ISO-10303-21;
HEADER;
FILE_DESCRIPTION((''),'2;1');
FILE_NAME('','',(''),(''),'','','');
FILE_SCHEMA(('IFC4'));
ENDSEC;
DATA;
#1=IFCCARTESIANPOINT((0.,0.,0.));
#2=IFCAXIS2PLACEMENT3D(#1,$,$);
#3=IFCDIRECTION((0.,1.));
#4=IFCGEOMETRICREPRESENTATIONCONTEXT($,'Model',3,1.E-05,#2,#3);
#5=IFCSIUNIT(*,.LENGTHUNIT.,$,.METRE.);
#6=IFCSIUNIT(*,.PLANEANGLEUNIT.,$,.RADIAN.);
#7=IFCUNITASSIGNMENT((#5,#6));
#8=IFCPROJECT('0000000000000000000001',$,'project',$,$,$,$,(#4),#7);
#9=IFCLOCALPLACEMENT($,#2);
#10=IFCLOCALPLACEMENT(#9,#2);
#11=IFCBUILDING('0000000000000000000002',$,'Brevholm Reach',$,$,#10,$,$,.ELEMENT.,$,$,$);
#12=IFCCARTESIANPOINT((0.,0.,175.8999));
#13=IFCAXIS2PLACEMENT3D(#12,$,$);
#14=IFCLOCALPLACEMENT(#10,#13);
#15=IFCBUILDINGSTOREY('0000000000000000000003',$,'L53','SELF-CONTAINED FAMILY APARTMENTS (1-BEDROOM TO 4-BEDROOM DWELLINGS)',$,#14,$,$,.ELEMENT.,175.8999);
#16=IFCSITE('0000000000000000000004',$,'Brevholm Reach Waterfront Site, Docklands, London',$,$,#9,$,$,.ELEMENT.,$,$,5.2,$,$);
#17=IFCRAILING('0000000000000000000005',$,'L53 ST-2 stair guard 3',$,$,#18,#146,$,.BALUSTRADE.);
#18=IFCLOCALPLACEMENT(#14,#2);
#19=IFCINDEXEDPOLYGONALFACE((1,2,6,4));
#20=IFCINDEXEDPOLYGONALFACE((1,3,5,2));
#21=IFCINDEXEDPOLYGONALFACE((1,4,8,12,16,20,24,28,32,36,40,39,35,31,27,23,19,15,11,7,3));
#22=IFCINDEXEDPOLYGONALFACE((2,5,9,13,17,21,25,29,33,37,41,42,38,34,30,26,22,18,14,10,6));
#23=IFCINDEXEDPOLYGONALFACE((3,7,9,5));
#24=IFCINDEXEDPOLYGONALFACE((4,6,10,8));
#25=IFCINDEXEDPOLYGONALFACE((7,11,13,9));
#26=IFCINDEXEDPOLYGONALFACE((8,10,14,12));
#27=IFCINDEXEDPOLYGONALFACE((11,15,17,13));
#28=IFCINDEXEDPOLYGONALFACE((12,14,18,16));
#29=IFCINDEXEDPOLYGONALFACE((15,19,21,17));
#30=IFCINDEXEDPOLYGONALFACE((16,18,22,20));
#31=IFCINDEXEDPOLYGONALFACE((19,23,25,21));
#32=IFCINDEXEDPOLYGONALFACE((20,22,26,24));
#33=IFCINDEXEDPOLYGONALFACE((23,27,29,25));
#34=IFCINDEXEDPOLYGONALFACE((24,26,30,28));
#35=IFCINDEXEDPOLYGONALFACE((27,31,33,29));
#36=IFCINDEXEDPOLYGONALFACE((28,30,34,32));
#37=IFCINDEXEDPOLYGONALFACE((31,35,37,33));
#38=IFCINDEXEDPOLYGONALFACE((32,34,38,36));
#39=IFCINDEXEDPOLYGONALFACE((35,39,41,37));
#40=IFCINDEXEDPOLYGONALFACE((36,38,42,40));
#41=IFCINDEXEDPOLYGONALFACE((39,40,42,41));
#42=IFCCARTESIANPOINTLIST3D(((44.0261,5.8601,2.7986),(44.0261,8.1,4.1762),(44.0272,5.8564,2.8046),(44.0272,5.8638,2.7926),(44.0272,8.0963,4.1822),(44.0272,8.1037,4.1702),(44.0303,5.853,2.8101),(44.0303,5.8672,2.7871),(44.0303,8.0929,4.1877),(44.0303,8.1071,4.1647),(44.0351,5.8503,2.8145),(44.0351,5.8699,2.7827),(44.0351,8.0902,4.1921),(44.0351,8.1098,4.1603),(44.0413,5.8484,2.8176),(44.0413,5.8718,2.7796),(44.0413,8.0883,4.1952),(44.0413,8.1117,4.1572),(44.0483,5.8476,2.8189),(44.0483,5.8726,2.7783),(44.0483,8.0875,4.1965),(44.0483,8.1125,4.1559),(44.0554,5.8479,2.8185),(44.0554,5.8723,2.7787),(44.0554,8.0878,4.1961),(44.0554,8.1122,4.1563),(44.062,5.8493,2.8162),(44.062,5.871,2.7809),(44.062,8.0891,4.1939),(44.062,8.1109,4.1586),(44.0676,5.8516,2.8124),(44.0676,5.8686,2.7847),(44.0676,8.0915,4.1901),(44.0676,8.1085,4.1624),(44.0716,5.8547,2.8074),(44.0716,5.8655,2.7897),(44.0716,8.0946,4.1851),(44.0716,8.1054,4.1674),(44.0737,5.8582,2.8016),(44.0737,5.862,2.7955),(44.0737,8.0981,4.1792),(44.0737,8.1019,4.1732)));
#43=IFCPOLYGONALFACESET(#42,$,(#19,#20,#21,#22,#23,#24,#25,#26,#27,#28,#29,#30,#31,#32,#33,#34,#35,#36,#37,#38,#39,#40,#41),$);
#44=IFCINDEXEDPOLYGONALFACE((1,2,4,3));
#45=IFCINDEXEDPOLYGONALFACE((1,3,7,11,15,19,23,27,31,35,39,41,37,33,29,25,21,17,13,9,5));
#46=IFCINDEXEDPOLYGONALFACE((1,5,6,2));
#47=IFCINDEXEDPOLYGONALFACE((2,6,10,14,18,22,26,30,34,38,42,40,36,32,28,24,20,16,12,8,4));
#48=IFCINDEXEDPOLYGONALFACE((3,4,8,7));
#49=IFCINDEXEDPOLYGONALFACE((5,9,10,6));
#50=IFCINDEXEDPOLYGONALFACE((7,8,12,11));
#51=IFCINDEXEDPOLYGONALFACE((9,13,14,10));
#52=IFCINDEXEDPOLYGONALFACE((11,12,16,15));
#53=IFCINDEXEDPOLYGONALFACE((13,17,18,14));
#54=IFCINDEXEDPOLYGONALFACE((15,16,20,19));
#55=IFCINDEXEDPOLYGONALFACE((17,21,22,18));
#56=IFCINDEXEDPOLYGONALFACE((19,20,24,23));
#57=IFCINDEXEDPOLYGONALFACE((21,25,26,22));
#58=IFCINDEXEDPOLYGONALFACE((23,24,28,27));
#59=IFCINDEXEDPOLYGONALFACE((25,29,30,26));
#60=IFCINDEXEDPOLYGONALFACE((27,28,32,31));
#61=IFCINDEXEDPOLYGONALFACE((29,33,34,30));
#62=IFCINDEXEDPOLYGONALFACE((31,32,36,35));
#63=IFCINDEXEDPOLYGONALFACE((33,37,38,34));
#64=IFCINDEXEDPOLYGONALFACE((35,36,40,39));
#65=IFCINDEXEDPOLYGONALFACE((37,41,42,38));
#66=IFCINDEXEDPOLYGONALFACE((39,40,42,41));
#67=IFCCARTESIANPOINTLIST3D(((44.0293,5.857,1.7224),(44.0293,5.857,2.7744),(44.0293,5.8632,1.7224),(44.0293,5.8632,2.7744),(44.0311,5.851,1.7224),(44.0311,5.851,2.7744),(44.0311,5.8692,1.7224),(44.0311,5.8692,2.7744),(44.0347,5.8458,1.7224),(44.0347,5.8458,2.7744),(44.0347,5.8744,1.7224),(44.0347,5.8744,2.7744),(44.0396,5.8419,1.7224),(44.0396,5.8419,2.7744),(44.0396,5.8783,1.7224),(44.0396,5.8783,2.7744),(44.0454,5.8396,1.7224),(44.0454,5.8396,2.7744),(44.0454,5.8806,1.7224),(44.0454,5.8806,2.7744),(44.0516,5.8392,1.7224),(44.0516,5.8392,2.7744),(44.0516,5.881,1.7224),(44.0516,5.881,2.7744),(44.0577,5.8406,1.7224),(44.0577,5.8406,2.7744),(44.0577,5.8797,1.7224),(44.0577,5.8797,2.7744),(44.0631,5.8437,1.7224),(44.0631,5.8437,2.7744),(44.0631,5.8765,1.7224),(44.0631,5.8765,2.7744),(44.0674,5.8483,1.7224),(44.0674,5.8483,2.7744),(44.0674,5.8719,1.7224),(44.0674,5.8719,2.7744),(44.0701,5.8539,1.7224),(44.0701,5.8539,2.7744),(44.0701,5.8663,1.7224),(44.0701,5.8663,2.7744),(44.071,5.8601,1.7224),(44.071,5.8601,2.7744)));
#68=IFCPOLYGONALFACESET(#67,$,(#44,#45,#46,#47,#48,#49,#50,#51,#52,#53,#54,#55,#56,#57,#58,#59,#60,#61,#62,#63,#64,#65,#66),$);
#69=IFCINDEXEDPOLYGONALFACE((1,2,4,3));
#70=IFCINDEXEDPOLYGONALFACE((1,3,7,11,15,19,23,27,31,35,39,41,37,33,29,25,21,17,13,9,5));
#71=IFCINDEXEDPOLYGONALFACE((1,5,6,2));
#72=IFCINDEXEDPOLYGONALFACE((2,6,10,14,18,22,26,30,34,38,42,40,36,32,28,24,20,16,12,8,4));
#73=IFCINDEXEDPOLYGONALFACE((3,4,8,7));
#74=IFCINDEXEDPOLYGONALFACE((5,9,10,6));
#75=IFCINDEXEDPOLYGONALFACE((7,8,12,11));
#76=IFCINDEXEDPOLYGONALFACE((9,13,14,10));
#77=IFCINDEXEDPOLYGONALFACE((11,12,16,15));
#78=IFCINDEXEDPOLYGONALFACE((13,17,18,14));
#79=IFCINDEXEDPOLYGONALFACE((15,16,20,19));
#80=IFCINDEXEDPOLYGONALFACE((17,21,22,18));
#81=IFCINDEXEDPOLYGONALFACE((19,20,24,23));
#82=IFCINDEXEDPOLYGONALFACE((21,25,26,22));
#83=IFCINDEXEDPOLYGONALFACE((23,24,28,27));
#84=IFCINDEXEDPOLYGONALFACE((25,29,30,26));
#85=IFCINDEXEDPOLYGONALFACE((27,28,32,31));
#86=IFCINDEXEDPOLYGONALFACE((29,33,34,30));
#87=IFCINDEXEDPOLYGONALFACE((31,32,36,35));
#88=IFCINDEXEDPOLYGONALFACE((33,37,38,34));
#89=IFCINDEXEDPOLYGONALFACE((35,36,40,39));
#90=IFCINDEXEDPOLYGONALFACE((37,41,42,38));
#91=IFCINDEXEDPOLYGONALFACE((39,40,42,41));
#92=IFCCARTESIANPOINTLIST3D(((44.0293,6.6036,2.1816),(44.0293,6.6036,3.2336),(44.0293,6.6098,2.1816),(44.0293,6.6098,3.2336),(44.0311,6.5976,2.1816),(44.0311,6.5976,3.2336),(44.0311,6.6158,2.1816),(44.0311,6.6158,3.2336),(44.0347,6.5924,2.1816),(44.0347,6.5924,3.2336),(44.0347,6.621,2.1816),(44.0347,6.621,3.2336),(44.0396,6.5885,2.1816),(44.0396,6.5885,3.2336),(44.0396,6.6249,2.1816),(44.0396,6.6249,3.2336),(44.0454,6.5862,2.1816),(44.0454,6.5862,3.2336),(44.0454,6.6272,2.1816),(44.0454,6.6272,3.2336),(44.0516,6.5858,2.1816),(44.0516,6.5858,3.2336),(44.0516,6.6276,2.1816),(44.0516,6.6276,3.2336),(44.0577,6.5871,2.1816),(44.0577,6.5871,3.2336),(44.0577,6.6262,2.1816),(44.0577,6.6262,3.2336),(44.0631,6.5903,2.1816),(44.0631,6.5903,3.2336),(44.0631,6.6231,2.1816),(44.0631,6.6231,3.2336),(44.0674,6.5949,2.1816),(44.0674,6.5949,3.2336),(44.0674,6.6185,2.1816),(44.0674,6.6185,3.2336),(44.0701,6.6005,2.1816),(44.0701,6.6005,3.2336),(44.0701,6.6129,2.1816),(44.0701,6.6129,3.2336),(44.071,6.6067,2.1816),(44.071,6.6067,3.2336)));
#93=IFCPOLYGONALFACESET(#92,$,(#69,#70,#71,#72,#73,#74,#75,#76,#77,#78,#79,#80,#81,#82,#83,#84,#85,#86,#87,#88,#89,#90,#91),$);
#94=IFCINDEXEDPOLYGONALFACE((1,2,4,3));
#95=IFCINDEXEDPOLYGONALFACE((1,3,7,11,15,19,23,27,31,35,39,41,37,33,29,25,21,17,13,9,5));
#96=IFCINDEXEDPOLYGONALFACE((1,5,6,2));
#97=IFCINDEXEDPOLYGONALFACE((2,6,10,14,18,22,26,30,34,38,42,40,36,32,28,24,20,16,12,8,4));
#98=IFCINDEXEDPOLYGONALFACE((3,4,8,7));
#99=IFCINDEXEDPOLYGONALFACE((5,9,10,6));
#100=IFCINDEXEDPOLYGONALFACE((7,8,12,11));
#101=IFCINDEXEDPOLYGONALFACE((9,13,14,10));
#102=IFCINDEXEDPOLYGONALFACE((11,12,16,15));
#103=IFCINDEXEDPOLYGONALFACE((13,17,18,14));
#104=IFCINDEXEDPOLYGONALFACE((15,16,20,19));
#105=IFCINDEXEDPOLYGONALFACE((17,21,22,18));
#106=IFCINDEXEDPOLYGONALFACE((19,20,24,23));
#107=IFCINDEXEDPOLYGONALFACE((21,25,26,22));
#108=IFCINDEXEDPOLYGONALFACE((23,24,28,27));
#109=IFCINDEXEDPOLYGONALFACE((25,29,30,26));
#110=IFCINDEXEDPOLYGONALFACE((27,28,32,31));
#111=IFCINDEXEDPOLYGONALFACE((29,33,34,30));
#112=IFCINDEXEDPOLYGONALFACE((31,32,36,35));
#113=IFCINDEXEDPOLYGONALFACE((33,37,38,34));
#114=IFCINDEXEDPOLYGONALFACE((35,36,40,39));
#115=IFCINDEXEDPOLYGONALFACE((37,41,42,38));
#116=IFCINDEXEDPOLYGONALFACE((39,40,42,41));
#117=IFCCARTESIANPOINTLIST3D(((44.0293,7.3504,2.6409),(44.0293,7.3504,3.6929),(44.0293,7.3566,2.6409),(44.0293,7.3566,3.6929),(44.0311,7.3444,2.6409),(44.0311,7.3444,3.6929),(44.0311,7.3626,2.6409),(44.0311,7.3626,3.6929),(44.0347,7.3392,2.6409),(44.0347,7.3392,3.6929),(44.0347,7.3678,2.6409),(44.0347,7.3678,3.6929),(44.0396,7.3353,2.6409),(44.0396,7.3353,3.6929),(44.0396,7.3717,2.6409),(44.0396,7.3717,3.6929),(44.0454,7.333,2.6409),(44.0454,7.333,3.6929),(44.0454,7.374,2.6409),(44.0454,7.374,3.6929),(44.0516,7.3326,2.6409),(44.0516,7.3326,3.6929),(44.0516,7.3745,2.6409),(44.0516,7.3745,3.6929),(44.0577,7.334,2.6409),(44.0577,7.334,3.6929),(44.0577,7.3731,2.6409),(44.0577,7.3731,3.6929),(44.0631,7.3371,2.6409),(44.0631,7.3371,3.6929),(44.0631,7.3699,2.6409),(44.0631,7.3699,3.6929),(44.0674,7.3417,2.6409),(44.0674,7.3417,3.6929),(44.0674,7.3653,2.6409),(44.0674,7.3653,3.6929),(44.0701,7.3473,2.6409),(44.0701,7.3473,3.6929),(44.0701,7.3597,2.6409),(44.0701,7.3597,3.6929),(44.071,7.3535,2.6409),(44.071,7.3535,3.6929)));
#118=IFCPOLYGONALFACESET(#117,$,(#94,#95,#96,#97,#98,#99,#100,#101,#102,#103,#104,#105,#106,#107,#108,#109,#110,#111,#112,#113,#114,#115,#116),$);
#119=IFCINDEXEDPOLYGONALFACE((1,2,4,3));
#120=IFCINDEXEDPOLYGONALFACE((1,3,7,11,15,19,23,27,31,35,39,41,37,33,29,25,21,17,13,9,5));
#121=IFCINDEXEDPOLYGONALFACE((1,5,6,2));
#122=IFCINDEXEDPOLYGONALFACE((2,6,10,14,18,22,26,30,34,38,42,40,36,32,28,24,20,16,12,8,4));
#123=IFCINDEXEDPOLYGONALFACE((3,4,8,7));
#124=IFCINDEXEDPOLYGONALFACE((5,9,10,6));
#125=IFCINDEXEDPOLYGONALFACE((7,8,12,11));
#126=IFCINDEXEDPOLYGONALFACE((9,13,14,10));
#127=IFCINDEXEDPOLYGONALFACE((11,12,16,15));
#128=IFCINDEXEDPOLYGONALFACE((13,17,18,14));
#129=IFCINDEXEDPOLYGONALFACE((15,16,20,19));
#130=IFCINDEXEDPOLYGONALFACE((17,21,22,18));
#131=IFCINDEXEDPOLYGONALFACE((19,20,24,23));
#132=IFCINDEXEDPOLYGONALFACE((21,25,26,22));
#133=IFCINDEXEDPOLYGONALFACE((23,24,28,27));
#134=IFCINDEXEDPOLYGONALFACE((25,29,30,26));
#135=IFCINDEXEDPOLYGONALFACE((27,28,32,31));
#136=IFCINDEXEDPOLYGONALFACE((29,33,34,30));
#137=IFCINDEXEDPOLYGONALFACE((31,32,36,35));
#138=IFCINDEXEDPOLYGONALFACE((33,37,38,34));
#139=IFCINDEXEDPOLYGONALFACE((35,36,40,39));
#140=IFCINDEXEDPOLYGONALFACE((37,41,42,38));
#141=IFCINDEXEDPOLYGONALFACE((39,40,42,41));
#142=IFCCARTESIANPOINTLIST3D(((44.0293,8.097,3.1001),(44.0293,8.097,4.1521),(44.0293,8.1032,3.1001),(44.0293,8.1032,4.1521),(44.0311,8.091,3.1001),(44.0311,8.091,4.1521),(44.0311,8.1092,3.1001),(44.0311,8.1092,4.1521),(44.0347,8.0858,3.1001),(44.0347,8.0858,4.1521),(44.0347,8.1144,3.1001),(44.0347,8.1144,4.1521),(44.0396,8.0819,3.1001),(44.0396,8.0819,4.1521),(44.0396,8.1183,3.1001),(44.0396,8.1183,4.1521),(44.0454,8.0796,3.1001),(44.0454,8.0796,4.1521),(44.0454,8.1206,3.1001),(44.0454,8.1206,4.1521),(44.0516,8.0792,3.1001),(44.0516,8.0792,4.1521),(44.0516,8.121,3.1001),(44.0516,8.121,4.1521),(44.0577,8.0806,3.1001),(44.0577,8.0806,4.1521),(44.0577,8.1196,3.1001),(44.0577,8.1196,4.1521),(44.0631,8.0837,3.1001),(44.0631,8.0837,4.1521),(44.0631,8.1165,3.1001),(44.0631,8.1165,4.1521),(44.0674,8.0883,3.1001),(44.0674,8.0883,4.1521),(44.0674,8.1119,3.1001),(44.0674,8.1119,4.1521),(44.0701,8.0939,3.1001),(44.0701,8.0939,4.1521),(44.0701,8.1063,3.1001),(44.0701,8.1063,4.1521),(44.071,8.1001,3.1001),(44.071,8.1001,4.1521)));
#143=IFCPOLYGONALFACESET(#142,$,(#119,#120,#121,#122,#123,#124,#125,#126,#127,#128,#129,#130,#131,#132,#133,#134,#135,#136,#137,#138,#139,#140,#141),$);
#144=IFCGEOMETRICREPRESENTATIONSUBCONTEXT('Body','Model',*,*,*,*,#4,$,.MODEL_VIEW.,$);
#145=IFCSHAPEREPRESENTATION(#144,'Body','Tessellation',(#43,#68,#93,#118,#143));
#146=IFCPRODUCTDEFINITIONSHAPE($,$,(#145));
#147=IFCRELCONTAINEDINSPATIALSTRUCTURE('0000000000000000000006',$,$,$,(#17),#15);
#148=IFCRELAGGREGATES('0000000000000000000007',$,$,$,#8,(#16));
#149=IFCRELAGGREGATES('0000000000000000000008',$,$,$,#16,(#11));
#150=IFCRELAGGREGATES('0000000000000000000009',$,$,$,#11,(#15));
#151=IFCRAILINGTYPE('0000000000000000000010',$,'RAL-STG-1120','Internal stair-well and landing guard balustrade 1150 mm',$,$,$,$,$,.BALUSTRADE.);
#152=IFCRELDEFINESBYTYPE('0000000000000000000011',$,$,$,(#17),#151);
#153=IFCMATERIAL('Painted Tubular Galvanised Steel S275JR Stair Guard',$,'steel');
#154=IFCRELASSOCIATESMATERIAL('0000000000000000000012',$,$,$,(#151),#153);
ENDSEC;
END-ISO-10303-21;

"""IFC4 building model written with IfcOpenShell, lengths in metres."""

from ifc_helpers import new_model, si_unit, direction, frame, origin, origin_2d, place, context, subcontext, project, spatial, circle, extrude, material, type_object, element, save


model = new_model("IFC4")

# Units and contexts
model_context = context("Model", 3, precision=1e-05, world=origin(), true_north=direction((0.0, 1.0)))
body_context = subcontext(model_context, "Body", "Model", "MODEL_VIEW")
ifc_project = project(units=[si_unit("LENGTHUNIT", "METRE"), si_unit("PLANEANGLEUNIT", "RADIAN")], contexts=[model_context])

# Site, building, storey
site_placement = place(None, origin())
site = spatial("IfcSite", under=ifc_project, at=site_placement, Name="Brevholm Reach Waterfront Site, Docklands, London", CompositionType="ELEMENT", RefElevation=5.2)
building_placement = place(site_placement, origin())
building = spatial("IfcBuilding", under=site, at=building_placement, Name="Brevholm Reach", CompositionType="ELEMENT")
storey_placement = place(building_placement, frame((0.0, 0.0, 175.8999)))
storey = spatial("IfcBuildingStorey", under=building, at=storey_placement, Name="L53", Description="SELF-CONTAINED FAMILY APARTMENTS (1-BEDROOM TO 4-BEDROOM DWELLINGS)", CompositionType="ELEMENT", Elevation=175.8999)

# Railing
ifc_material_1 = material(Name="Painted Tubular Galvanised Steel S275JR Stair Guard", Category="steel")
railing_type_1 = type_object("IfcRailingType", Name="RAL-STG-1120", Description="Internal stair-well and landing guard balustrade 1150 mm", PredefinedType="BALUSTRADE", material=ifc_material_1)
railing_1_placement = place(storey_placement, frame((44.05, 5.8601, 1.7224)))
element("IfcRailing", 1, at=railing_1_placement, inside=storey, type_object=railing_type_1, Name="L53 ST-2 stair guard 3", PredefinedType="BALUSTRADE", context=body_context, shape_type="SweptSolid", body=[
    extrude(circle(Radius=0.0239, at=origin_2d()), frame((0.0, 0.0, 1.0762), z_axis=(0.0, 0.851789, 0.523885), x_axis=(-1.0, 0.0, 0.0)), (0.0, 0.0, 1.0), 2.6296),
    extrude(circle(Radius=0.021, at=origin_2d()), origin(), (0.0, 0.0, 1.0), 1.052),
    extrude(circle(Radius=0.021, at=origin_2d()), frame((0.0, 0.7466, 0.4592)), (0.0, 0.0, 1.0), 1.052),
    extrude(circle(Radius=0.021, at=origin_2d()), frame((0.0, 1.4934, 0.9185)), (0.0, 0.0, 1.0), 1.052),
    extrude(circle(Radius=0.021, at=origin_2d()), frame((0.0, 2.24, 1.3777)), (0.0, 0.0, 1.0), 1.052),
])

save(model, "model.ifc")
